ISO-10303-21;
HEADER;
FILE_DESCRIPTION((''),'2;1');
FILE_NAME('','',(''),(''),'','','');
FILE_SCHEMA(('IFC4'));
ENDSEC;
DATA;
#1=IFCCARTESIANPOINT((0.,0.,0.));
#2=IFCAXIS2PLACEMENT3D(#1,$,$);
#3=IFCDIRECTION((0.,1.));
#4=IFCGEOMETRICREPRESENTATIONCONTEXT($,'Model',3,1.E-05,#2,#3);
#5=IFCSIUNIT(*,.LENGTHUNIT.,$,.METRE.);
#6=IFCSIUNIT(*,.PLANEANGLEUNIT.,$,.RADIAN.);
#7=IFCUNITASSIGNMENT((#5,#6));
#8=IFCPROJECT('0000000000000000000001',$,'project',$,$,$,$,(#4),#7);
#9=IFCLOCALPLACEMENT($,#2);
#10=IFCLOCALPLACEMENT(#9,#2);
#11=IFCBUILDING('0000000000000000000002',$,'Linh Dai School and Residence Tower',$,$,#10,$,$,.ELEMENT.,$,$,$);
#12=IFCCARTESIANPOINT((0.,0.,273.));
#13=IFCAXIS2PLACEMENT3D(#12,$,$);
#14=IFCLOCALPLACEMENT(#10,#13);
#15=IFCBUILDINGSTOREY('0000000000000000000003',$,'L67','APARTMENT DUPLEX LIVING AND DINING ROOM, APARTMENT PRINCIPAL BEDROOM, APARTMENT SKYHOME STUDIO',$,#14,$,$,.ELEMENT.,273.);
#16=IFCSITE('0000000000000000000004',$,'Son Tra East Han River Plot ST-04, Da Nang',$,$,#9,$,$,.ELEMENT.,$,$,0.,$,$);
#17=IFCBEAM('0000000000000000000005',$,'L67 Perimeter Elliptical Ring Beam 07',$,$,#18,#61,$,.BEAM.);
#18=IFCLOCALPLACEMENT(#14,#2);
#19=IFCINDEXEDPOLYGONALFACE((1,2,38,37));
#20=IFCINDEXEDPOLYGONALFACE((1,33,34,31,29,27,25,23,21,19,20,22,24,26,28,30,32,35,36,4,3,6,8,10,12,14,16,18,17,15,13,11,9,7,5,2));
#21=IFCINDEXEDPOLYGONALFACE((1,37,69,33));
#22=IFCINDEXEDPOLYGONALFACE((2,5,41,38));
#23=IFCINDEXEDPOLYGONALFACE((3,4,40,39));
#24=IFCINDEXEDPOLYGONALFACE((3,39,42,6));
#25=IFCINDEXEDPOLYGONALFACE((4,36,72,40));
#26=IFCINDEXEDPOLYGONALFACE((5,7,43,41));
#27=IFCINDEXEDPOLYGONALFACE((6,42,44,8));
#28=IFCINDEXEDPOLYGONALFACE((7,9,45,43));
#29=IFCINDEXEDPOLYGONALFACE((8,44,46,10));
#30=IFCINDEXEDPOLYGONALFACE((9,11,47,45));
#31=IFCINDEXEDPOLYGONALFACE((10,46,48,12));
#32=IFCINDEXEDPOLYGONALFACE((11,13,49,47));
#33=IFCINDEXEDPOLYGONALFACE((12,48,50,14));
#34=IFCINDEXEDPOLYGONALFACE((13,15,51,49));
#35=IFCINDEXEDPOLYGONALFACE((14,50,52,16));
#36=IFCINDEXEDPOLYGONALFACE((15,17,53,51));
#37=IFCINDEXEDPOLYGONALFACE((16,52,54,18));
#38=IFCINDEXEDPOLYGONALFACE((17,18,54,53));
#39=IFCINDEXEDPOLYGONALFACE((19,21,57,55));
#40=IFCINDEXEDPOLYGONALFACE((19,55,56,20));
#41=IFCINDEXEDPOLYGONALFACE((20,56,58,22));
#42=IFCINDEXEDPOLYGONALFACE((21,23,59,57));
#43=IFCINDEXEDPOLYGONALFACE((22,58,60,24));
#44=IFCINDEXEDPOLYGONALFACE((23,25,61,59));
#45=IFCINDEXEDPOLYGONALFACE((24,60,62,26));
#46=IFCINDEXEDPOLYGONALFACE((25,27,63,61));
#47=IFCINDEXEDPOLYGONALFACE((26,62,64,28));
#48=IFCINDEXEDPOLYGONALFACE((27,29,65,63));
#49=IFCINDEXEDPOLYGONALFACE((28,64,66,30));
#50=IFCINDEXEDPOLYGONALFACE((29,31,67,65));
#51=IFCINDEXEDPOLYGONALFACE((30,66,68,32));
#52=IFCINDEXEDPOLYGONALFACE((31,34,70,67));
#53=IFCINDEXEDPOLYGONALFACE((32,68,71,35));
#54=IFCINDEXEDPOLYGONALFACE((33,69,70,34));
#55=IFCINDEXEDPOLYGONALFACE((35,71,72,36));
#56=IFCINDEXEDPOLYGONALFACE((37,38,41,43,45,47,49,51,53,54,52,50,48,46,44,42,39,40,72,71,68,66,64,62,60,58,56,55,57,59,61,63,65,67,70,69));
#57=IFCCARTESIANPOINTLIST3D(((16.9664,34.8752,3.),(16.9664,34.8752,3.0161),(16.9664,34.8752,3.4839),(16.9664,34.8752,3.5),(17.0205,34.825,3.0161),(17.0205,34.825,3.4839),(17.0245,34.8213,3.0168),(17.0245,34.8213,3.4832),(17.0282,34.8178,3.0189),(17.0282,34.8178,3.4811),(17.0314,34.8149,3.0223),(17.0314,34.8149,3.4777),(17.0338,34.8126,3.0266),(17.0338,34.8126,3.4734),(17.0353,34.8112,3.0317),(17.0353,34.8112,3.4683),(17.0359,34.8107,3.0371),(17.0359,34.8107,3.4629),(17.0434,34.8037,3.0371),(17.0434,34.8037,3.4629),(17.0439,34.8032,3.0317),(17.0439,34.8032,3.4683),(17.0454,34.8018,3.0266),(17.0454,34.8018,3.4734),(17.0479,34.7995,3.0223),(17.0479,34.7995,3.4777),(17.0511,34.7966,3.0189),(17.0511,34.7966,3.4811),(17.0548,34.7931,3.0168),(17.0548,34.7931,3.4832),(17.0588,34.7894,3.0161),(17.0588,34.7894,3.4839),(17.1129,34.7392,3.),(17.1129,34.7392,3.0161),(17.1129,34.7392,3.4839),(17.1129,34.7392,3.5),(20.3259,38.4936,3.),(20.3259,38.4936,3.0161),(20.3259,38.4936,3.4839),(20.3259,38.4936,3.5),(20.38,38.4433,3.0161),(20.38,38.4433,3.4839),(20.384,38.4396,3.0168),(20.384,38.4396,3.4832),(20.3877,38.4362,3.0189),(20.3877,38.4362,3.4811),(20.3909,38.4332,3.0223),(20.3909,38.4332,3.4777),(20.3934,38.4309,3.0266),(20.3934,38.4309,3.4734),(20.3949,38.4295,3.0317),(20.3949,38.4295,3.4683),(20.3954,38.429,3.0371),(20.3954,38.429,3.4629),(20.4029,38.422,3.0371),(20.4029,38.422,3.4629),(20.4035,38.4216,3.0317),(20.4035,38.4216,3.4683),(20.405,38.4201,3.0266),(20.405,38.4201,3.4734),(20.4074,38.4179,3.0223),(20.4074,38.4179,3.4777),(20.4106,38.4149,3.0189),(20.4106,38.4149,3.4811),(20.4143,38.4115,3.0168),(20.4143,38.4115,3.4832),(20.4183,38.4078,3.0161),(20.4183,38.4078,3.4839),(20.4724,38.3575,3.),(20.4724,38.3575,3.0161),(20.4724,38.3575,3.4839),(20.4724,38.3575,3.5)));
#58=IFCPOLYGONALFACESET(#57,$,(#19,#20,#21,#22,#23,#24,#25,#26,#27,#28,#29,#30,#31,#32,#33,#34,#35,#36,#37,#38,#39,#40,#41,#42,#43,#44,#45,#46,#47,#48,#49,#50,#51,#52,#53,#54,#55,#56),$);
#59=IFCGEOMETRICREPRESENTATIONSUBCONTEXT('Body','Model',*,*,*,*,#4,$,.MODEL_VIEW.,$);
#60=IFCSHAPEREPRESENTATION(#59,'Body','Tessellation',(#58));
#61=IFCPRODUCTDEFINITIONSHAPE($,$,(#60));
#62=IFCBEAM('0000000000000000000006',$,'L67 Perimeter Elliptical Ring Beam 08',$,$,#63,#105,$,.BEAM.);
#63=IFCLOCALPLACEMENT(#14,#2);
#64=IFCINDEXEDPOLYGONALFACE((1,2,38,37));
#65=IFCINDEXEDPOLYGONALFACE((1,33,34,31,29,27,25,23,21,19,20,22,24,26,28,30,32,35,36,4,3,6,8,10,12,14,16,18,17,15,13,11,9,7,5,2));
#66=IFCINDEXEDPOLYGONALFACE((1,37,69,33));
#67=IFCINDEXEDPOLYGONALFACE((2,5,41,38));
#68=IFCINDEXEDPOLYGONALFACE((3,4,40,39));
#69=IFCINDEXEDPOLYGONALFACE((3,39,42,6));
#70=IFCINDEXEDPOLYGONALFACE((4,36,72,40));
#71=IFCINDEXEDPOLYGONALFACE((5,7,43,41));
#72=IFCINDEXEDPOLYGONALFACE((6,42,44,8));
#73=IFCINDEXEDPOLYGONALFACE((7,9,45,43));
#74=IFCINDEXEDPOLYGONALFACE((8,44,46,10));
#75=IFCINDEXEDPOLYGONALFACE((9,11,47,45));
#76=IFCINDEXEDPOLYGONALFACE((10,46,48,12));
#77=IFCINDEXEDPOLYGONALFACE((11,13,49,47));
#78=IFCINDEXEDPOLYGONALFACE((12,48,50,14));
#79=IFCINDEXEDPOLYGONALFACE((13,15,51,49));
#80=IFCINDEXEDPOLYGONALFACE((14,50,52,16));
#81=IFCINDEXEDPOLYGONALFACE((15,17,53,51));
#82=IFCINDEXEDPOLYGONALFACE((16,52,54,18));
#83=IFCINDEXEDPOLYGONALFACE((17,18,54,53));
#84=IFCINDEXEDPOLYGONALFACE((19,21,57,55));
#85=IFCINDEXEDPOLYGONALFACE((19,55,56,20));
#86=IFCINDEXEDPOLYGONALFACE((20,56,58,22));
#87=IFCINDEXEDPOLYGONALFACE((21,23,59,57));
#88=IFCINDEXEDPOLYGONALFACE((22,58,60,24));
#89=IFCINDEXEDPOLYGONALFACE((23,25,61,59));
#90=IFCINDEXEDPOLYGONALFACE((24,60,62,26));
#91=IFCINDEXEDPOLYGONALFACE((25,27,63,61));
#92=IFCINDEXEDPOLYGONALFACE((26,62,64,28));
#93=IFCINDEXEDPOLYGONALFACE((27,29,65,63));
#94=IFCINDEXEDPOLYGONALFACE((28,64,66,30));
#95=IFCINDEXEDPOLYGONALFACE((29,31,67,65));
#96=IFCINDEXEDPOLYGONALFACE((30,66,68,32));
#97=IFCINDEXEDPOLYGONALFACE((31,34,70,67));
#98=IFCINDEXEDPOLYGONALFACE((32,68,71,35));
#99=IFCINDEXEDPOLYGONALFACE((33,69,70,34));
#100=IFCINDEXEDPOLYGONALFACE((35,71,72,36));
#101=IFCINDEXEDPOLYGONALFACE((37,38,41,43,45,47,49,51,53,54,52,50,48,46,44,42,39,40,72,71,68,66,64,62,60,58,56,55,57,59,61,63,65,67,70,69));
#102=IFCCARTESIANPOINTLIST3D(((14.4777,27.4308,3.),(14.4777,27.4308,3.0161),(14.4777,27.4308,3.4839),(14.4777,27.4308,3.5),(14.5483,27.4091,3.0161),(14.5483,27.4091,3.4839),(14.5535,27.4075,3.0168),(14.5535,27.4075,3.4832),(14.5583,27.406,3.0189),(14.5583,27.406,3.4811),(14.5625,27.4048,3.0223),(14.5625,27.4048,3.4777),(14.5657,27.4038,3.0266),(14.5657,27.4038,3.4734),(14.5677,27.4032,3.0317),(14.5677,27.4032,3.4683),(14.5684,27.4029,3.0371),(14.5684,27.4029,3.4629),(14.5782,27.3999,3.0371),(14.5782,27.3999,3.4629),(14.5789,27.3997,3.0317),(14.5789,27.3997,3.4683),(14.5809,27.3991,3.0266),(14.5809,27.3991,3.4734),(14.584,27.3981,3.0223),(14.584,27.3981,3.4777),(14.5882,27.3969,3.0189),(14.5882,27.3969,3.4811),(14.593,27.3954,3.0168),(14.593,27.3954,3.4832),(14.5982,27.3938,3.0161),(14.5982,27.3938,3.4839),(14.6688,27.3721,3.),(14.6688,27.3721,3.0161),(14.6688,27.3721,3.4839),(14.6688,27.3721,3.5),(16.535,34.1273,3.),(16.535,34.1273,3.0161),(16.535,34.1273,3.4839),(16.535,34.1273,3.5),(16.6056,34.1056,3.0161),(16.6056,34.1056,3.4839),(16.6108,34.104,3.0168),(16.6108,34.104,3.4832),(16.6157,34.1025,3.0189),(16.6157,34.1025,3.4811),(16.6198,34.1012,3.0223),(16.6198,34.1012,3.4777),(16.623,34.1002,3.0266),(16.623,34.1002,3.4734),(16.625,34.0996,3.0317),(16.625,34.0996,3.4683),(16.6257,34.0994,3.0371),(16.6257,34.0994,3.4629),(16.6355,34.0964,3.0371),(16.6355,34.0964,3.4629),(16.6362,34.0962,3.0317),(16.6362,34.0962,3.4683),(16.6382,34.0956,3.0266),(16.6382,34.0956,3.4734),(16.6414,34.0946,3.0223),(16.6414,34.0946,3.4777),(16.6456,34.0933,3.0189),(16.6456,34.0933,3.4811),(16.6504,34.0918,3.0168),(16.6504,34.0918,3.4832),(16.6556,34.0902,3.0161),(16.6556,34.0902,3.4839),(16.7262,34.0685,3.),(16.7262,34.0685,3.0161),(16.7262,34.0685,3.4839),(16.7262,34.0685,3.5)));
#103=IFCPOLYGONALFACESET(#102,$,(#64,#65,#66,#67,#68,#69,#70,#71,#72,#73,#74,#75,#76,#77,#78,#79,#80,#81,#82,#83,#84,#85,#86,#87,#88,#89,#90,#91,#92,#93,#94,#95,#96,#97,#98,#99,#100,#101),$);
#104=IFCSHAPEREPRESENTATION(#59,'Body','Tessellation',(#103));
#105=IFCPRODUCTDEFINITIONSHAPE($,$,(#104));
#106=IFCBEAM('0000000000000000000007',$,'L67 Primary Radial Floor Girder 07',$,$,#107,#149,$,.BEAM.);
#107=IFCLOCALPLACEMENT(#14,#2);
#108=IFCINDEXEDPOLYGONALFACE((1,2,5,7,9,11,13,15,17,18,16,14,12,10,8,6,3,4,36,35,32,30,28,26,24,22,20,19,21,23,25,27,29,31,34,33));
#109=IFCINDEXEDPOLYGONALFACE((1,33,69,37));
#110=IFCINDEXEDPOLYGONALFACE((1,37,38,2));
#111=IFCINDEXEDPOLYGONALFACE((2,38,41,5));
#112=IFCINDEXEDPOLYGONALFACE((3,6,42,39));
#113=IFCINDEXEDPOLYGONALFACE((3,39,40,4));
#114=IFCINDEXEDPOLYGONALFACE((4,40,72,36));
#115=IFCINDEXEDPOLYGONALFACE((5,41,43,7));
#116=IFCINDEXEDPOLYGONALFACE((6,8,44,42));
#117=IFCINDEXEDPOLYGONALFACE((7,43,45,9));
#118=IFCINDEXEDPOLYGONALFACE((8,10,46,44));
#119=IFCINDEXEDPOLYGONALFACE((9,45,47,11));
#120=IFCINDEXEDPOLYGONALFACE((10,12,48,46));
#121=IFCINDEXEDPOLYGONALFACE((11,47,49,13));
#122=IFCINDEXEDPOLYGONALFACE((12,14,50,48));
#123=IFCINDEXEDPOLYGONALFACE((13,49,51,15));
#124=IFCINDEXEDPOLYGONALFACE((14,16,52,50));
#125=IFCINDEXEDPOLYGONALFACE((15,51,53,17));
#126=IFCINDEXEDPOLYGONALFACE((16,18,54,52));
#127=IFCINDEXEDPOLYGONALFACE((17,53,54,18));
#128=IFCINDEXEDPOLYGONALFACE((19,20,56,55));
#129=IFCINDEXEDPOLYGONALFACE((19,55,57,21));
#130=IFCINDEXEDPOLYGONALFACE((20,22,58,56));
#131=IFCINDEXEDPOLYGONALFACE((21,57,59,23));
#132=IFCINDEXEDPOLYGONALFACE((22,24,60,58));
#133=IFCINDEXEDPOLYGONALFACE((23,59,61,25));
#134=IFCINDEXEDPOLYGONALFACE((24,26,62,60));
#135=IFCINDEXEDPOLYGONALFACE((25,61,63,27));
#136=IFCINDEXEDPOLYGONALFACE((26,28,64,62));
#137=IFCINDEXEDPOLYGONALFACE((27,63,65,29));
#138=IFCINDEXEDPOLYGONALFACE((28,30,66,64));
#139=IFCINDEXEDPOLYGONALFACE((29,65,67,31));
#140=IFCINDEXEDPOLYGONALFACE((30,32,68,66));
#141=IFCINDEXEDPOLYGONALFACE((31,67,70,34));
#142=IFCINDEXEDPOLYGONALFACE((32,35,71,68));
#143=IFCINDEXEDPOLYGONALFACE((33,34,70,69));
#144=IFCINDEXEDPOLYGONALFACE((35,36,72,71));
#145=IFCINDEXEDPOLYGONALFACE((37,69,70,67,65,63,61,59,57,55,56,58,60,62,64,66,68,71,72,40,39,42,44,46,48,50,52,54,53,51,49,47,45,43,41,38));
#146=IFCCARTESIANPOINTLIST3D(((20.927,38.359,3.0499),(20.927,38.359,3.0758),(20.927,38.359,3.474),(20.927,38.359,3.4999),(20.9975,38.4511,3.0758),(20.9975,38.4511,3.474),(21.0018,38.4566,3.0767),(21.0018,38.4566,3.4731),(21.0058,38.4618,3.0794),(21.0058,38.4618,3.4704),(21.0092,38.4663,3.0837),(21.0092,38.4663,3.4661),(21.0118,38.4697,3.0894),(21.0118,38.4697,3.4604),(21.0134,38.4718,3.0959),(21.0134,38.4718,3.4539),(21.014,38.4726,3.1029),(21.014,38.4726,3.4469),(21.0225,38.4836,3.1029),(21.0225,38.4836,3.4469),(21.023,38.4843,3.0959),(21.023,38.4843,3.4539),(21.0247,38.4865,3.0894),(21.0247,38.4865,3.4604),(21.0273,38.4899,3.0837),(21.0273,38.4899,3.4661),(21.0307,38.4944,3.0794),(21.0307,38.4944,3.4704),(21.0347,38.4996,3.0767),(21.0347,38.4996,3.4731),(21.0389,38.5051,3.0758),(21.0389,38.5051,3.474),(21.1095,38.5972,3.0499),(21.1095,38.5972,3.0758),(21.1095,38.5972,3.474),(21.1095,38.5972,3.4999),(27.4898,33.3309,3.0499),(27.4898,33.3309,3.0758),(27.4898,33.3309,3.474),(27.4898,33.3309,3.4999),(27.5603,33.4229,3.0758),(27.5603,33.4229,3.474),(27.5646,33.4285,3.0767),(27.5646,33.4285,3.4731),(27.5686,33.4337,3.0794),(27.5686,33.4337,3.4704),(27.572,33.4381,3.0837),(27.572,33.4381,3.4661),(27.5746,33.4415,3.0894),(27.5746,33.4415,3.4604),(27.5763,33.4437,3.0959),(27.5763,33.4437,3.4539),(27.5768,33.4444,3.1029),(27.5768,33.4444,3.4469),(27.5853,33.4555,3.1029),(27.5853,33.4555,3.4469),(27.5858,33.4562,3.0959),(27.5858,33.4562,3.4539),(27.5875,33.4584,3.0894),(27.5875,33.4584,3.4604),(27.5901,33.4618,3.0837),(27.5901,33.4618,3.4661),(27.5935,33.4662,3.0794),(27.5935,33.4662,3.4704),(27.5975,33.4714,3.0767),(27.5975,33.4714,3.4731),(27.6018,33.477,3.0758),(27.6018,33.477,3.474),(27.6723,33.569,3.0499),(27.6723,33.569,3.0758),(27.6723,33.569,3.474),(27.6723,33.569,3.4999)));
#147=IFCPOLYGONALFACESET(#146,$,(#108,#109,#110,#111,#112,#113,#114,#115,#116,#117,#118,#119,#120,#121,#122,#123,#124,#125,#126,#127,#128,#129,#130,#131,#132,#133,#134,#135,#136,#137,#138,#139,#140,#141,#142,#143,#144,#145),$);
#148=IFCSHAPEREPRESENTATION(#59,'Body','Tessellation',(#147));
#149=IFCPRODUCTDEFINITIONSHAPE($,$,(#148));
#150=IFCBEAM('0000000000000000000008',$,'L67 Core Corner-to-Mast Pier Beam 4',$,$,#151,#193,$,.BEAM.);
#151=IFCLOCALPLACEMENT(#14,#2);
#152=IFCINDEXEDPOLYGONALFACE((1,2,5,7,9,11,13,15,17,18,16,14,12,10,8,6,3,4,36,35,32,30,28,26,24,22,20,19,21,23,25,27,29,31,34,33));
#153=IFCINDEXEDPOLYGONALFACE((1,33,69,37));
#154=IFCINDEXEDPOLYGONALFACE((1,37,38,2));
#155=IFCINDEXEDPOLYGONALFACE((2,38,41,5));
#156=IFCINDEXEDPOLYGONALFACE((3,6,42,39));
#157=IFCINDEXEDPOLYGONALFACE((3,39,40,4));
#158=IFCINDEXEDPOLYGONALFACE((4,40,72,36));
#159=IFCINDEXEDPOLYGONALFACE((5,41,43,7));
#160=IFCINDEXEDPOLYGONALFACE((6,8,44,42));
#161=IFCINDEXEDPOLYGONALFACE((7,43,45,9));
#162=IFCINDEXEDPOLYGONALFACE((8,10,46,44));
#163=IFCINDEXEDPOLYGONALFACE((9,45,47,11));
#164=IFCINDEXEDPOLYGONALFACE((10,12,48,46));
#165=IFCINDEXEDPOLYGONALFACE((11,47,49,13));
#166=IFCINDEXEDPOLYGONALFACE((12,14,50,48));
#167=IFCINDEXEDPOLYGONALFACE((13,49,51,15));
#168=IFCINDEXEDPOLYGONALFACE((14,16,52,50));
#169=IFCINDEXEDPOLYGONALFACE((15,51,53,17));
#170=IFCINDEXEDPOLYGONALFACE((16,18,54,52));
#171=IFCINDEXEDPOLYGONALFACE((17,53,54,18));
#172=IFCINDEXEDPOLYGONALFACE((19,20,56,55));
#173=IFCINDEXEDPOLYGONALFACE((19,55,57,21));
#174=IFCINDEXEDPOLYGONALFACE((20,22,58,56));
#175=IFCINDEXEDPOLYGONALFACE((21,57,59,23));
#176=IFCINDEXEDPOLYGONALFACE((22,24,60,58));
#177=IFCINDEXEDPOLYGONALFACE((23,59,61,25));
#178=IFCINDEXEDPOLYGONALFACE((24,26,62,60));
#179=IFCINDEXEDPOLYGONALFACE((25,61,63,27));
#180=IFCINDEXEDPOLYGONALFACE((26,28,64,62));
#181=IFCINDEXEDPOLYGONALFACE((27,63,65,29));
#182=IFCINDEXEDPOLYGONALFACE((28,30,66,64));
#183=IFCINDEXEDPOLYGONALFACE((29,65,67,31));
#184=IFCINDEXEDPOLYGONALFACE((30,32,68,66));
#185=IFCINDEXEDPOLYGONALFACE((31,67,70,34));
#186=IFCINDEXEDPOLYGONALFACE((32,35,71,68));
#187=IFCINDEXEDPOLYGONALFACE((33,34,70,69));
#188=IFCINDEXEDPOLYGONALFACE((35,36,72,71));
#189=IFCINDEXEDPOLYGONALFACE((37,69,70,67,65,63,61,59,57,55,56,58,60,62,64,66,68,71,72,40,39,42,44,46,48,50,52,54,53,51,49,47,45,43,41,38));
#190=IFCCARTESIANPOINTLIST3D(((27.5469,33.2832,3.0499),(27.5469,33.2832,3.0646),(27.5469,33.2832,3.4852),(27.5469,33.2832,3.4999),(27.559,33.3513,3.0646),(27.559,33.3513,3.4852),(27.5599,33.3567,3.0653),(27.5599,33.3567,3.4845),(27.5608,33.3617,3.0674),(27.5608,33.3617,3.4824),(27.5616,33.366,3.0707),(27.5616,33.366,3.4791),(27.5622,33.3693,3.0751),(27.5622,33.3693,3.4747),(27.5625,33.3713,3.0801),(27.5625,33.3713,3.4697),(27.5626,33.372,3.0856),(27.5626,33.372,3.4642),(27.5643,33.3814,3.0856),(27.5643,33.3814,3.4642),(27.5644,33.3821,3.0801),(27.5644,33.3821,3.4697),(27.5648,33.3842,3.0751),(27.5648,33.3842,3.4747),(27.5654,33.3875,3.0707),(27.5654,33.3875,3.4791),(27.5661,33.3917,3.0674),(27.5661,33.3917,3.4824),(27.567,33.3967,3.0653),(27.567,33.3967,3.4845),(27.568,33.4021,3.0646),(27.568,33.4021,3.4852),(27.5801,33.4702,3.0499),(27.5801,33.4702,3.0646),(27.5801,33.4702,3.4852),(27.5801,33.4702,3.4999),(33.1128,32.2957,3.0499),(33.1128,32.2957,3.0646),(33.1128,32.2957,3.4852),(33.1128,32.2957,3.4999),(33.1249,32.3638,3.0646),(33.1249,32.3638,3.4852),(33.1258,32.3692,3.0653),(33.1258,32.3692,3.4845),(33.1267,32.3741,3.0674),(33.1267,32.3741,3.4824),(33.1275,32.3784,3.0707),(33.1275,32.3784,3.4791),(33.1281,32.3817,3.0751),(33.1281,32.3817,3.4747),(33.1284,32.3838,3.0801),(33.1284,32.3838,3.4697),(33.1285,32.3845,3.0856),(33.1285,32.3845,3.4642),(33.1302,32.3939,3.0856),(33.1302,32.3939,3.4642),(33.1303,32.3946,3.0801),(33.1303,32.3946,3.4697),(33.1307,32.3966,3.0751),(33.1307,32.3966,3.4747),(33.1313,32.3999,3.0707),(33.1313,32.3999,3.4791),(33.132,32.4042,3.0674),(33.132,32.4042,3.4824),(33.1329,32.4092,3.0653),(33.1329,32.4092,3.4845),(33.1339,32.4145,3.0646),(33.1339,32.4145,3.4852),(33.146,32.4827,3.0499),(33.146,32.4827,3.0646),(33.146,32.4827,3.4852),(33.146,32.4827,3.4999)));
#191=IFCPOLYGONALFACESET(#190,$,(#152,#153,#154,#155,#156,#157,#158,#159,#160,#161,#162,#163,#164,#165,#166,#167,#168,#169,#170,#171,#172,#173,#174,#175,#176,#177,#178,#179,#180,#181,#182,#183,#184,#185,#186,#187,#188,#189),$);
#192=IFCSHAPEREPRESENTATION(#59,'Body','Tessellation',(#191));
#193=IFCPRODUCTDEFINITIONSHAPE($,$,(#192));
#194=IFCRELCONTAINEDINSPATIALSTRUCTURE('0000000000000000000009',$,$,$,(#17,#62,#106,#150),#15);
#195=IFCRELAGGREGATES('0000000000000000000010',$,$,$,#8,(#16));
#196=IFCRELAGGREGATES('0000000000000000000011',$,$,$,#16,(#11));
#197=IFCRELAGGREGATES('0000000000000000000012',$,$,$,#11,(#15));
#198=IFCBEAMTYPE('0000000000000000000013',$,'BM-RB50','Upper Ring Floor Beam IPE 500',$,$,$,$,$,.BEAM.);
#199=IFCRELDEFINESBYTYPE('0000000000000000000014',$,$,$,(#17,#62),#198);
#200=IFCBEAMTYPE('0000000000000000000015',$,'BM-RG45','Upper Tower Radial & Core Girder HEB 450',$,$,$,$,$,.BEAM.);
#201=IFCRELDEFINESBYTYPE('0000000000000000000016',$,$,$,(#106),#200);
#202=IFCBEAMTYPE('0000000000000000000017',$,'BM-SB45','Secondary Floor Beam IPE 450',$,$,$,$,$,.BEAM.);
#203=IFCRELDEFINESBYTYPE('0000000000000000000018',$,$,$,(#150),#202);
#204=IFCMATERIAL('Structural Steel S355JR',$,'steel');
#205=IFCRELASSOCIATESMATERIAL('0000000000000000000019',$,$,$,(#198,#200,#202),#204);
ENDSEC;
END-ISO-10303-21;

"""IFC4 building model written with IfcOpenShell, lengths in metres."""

from ifc_helpers import new_model, si_unit, direction, frame, origin, origin_2d, place, context, subcontext, project, spatial, i_section, extrude, material, material_profile, profile_set, type_object, element, save


model = new_model("IFC4")

# Units and contexts
model_context = context("Model", 3, precision=1e-05, world=origin(), true_north=direction((0.0, 1.0)))
body_context = subcontext(model_context, "Body", "Model", "MODEL_VIEW")
ifc_project = project(units=[si_unit("LENGTHUNIT", "METRE"), si_unit("PLANEANGLEUNIT", "RADIAN")], contexts=[model_context])

# Site, building, storey
site_placement = place(None, origin())
site = spatial("IfcSite", under=ifc_project, at=site_placement, Name="Son Tra East Han River Plot ST-04, Da Nang", CompositionType="ELEMENT", RefElevation=0.0)
building_placement = place(site_placement, origin())
building = spatial("IfcBuilding", under=site, at=building_placement, Name="Linh Dai School and Residence Tower", CompositionType="ELEMENT")
storey_placement = place(building_placement, frame((0.0, 0.0, 273.0)))
storey = spatial("IfcBuildingStorey", under=building, at=storey_placement, Name="L67", Description="APARTMENT DUPLEX LIVING AND DINING ROOM, APARTMENT PRINCIPAL BEDROOM, APARTMENT SKYHOME STUDIO", CompositionType="ELEMENT", Elevation=273.0)

# Shared definitions
ifc_material_1 = material(Name="Structural Steel S355JR", Category="steel")

# Beams
ifc_material_profile_1 = material_profile(ifc_material_1, i_section(OverallWidth=0.2, OverallDepth=0.5, WebThickness=0.0103, FlangeThickness=0.0161, FilletRadius=0.021, at=origin_2d()), Name="IPE 500")
ifc_profile_set_1 = profile_set([ifc_material_profile_1], Name="Structural Steel S355JR")
beam_type_1 = type_object("IfcBeamType", Name="BM-RB50", Description="Upper Ring Floor Beam IPE 500", PredefinedType="BEAM", material=ifc_profile_set_1)
beam_1_placement = place(storey_placement, frame((20.3992, 38.4255, 3.25), z_axis=(-0.680415, -0.732827, 0.0), x_axis=(0.732827, -0.680415, 0.0)))
element("IfcBeam", 1, at=beam_1_placement, inside=storey, type_object=beam_type_1, Name="L67 Perimeter Elliptical Ring Beam 07", PredefinedType="BEAM", context=body_context, shape_type="SweptSolid", body=[
    extrude(i_section(OverallWidth=0.2, OverallDepth=0.5, WebThickness=0.0103, FlangeThickness=0.0161, FilletRadius=0.021, at=origin_2d()), origin(), (0.0, 0.0, 1.0), 4.9375),
])
beam_2_placement = place(storey_placement, frame((16.6306, 34.0979, 3.25), z_axis=(-0.293682, -0.955903, 0.0), x_axis=(0.955903, -0.293682, 0.0)))
element("IfcBeam", 2, at=beam_2_placement, inside=storey, type_object=beam_type_1, Name="L67 Perimeter Elliptical Ring Beam 08", PredefinedType="BEAM", context=body_context, shape_type="SweptSolid", body=[
    extrude(i_section(OverallWidth=0.2, OverallDepth=0.5, WebThickness=0.0103, FlangeThickness=0.0161, FilletRadius=0.021, at=origin_2d()), origin(), (0.0, 0.0, 1.0), 7.0054),
])
ifc_material_profile_2 = material_profile(ifc_material_1, i_section(OverallWidth=0.3, OverallDepth=0.45, WebThickness=0.0139, FlangeThickness=0.0259, FilletRadius=0.0271, at=origin_2d()), Name="HEB 450")
ifc_profile_set_2 = profile_set([ifc_material_profile_2], Name="Structural Steel S355JR")
beam_type_2 = type_object("IfcBeamType", Name="BM-RG45", Description="Upper Tower Radial & Core Girder HEB 450", PredefinedType="BEAM", material=ifc_profile_set_2)
beam_3_placement = place(storey_placement, frame((27.5811, 33.45, 3.2749), z_axis=(-0.793803, 0.608175, 0.0), x_axis=(-0.608175, -0.793803, 0.0)))
element("IfcBeam", 3, at=beam_3_placement, inside=storey, type_object=beam_type_2, Name="L67 Primary Radial Floor Girder 07", PredefinedType="BEAM", context=body_context, shape_type="SweptSolid", body=[
    extrude(i_section(OverallWidth=0.3, OverallDepth=0.45, WebThickness=0.0139, FlangeThickness=0.0259, FilletRadius=0.0271, at=origin_2d()), origin(), (0.0, 0.0, 1.0), 8.2676),
])
ifc_material_profile_3 = material_profile(ifc_material_1, i_section(OverallWidth=0.1899, OverallDepth=0.45, WebThickness=0.0095, FlangeThickness=0.0146, FilletRadius=0.021, at=origin_2d()), Name="IPE 450")
ifc_profile_set_3 = profile_set([ifc_material_profile_3], Name="Structural Steel S355JR")
beam_type_3 = type_object("IfcBeamType", Name="BM-SB45", Description="Secondary Floor Beam IPE 450", PredefinedType="BEAM", material=ifc_profile_set_3)
beam_4_placement = place(storey_placement, frame((27.5635, 33.3767, 3.2749), z_axis=(0.984622, -0.174699, 0.0), x_axis=(0.174699, 0.984622, 0.0)))
element("IfcBeam", 4, at=beam_4_placement, inside=storey, type_object=beam_type_3, Name="L67 Core Corner-to-Mast Pier Beam 4", PredefinedType="BEAM", context=body_context, shape_type="SweptSolid", body=[
    extrude(i_section(OverallWidth=0.1899, OverallDepth=0.45, WebThickness=0.0095, FlangeThickness=0.0146, FilletRadius=0.021, at=origin_2d()), origin(), (0.0, 0.0, 1.0), 5.6528),
])

save(model, "model.ifc")
